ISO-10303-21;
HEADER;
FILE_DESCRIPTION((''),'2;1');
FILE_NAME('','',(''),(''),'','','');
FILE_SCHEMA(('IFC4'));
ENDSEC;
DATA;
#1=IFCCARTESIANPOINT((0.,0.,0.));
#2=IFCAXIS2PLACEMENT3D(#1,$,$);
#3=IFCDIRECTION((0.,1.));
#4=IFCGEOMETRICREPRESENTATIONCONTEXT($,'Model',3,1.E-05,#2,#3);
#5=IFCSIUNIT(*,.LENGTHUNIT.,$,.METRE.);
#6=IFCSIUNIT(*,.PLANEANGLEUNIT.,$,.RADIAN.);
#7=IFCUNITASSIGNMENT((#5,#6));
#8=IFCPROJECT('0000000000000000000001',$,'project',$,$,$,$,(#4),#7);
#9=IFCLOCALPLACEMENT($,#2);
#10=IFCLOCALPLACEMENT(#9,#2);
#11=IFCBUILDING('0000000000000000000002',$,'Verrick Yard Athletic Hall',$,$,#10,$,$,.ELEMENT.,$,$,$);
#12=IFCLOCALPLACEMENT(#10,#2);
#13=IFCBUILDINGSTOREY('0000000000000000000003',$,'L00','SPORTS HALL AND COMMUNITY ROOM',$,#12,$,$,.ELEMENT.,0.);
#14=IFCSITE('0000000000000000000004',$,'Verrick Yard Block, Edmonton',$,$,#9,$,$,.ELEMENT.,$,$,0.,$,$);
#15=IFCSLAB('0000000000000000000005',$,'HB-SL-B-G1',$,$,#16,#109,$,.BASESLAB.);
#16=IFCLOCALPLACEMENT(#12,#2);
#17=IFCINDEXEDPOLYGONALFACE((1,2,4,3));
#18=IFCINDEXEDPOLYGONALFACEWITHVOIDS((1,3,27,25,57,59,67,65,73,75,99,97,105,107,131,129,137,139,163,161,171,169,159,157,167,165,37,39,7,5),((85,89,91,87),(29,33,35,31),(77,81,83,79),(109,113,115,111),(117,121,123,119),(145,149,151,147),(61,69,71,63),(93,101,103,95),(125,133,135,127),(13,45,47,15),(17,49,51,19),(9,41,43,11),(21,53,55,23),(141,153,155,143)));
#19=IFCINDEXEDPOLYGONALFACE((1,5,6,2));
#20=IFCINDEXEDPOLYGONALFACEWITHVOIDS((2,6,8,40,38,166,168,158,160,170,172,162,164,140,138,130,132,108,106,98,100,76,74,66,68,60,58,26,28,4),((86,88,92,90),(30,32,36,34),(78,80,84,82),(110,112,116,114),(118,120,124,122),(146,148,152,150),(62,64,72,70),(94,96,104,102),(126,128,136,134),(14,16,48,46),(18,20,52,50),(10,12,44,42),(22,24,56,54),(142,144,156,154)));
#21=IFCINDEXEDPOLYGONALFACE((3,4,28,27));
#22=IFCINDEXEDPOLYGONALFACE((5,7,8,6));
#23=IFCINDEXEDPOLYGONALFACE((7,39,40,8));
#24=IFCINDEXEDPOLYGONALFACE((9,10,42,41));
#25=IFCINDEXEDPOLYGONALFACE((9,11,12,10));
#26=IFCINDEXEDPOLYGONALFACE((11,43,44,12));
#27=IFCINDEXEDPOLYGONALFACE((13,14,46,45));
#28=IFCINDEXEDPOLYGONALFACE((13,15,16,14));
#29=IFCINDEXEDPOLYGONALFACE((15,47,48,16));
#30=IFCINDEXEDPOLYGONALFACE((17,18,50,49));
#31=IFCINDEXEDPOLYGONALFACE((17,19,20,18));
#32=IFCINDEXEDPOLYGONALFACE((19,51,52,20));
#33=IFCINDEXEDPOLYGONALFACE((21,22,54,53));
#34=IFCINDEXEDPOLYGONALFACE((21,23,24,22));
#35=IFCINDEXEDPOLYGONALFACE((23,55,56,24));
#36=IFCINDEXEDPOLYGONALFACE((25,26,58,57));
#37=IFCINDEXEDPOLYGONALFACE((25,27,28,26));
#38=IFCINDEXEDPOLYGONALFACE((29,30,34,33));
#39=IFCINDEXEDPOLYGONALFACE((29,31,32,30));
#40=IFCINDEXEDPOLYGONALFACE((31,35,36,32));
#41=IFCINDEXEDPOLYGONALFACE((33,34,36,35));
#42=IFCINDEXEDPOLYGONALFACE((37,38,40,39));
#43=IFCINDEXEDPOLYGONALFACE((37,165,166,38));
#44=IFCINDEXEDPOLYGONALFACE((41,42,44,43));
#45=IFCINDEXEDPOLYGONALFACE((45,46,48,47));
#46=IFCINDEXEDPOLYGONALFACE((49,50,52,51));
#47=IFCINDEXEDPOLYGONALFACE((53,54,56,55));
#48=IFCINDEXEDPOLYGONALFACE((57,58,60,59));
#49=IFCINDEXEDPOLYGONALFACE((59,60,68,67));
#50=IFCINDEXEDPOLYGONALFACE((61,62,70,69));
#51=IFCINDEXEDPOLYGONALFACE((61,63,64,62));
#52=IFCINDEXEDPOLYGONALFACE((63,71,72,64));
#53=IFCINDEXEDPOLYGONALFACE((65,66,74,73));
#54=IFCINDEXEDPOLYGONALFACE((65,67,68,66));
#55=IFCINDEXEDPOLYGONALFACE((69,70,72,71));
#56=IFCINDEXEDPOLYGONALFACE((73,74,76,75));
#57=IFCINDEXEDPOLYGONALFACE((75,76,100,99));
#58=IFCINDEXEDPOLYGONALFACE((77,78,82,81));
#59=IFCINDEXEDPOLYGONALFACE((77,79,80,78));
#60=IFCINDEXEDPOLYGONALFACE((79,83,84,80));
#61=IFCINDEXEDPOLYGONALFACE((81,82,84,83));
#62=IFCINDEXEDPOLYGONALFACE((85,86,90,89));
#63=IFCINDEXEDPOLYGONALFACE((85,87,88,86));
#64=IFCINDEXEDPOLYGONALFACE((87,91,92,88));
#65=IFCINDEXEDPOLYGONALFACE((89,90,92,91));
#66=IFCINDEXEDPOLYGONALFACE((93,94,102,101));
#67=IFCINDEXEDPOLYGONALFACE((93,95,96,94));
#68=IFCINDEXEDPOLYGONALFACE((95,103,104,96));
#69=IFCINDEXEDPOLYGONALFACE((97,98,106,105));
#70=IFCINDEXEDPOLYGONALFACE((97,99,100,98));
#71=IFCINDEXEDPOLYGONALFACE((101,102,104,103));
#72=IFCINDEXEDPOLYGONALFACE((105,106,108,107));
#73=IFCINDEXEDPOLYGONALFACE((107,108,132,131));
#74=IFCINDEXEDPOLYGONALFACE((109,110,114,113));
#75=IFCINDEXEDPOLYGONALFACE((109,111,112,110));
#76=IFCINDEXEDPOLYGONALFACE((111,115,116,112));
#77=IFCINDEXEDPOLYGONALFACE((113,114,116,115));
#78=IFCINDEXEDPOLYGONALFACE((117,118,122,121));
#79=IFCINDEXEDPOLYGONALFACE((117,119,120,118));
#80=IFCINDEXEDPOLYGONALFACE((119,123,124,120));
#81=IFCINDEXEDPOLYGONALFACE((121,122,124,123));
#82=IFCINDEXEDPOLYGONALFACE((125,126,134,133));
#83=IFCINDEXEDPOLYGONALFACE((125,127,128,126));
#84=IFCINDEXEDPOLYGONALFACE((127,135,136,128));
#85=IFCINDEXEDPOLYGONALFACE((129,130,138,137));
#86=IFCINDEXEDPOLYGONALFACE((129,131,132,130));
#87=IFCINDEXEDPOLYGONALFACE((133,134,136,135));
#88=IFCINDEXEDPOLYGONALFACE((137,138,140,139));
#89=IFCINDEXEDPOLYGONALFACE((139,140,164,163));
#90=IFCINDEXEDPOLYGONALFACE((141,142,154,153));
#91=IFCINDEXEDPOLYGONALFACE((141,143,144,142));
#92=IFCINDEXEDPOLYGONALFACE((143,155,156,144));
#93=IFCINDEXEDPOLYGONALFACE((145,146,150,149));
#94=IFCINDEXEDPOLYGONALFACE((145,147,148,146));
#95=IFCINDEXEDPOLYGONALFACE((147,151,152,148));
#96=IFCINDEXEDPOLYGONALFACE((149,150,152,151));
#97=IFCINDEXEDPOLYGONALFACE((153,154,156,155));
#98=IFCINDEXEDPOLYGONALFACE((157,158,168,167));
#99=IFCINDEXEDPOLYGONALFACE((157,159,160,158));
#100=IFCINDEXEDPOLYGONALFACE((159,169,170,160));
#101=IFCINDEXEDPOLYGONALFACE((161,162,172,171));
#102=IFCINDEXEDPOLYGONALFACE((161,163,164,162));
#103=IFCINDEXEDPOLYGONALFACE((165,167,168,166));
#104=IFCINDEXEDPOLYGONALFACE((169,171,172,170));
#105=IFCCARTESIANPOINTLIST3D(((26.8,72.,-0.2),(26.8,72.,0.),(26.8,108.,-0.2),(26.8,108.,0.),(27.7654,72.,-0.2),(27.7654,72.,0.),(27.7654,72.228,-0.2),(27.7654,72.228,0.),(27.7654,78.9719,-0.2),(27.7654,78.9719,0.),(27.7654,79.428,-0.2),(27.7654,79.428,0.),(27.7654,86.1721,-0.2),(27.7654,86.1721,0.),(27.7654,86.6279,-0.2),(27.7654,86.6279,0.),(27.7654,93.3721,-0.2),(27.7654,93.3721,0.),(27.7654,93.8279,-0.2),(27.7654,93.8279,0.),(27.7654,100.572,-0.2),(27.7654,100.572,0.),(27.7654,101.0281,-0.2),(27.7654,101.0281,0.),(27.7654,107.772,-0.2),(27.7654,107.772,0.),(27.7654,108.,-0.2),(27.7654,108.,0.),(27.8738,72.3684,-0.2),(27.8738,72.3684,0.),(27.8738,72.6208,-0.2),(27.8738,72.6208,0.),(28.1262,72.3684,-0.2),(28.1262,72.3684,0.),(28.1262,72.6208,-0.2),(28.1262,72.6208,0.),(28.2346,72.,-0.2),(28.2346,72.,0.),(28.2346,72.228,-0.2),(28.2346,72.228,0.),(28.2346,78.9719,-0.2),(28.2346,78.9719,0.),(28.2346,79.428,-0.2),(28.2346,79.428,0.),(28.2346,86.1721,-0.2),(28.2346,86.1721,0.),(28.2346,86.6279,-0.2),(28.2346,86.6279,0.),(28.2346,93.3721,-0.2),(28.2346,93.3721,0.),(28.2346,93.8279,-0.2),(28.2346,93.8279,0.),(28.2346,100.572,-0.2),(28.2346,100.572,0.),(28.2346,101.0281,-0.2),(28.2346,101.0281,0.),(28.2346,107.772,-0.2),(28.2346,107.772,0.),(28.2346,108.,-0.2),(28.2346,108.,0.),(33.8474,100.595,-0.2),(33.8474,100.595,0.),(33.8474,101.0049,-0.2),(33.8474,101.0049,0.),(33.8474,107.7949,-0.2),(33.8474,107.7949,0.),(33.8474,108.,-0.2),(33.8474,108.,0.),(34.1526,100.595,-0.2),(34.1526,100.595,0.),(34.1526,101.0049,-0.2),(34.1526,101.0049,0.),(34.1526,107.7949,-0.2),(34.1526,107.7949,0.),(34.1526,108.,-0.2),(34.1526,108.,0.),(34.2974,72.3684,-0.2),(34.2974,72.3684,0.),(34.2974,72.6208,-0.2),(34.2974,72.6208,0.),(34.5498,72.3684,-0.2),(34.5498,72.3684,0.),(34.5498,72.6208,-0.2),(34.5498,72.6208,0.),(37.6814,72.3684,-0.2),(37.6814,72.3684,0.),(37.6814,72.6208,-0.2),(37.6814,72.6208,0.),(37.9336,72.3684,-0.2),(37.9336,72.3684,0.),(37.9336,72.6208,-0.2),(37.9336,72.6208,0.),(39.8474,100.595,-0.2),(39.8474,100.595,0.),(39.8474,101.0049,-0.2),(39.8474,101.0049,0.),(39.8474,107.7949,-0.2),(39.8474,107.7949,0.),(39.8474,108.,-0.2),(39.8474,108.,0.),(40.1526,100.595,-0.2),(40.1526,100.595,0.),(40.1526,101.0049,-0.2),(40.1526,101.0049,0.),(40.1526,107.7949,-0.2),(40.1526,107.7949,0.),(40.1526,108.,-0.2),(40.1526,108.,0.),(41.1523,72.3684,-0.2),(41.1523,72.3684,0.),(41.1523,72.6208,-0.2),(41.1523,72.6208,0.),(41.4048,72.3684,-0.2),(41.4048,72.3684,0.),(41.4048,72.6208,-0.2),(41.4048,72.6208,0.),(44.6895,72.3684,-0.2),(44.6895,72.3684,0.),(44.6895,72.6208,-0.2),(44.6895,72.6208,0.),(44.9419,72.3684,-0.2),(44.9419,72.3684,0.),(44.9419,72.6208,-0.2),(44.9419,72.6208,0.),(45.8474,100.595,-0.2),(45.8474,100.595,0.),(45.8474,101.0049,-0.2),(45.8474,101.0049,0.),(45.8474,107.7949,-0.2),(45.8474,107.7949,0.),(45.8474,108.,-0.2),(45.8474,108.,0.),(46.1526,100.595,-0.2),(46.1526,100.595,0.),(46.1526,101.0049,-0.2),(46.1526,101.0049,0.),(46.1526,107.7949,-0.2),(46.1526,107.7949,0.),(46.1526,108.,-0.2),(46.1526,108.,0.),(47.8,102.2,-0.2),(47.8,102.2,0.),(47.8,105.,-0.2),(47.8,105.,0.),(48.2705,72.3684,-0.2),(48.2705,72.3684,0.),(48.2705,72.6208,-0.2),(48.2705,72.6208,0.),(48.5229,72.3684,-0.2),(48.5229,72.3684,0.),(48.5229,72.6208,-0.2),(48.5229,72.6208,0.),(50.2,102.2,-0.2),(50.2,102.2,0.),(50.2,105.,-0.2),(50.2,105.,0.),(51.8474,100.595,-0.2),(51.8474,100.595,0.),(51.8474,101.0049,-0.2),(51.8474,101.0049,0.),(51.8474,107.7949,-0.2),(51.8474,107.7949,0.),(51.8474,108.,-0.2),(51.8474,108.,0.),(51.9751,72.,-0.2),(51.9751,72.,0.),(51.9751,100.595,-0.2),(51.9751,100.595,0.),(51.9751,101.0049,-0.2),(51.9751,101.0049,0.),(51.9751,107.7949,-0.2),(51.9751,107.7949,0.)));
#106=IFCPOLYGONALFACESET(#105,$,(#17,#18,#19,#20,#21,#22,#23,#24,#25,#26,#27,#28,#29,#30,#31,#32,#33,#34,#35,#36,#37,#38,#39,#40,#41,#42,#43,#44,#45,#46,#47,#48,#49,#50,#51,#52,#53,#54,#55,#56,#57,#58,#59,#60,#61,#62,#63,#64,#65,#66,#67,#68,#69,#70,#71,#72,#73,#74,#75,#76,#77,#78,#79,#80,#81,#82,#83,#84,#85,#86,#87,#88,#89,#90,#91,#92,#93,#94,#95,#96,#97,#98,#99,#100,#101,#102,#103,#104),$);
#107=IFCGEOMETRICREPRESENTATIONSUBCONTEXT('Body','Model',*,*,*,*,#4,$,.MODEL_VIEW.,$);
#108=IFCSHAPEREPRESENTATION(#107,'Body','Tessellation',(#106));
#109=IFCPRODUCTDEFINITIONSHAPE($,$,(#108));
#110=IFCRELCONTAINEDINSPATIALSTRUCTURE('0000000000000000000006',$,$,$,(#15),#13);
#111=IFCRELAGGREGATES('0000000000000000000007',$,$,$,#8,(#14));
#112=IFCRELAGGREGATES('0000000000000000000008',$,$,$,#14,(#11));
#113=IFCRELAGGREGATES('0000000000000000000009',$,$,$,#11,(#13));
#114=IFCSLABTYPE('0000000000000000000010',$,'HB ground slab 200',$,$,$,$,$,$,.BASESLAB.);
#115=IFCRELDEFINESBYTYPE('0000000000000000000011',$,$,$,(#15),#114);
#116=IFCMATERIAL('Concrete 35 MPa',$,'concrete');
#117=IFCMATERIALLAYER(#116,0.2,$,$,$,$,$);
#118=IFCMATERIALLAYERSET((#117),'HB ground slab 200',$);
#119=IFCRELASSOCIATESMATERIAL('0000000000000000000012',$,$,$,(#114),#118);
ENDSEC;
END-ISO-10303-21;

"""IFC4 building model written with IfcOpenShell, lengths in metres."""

from ifc_helpers import new_model, si_unit, direction, frame, origin, place, context, subcontext, project, spatial, polyline, outline, extrude, material, layer, layer_set, type_object, element, save


model = new_model("IFC4")

# Units and contexts
model_context = context("Model", 3, precision=1e-05, world=origin(), true_north=direction((0.0, 1.0)))
body_context = subcontext(model_context, "Body", "Model", "MODEL_VIEW")
ifc_project = project(units=[si_unit("LENGTHUNIT", "METRE"), si_unit("PLANEANGLEUNIT", "RADIAN")], contexts=[model_context])

# Site, building, storey
site_placement = place(None, origin())
site = spatial("IfcSite", under=ifc_project, at=site_placement, Name="Verrick Yard Block, Edmonton", CompositionType="ELEMENT", RefElevation=0.0)
building_placement = place(site_placement, origin())
building = spatial("IfcBuilding", under=site, at=building_placement, Name="Verrick Yard Athletic Hall", CompositionType="ELEMENT")
storey_placement = place(building_placement, origin())
storey = spatial("IfcBuildingStorey", under=building, at=storey_placement, Name="L00", Description="SPORTS HALL AND COMMUNITY ROOM", CompositionType="ELEMENT", Elevation=0.0)

# Slab
ifc_material_1 = material(Name="Concrete 35 MPa", Category="concrete")
ifc_layer_1 = layer(ifc_material_1, 0.2)
ifc_layer_set_1 = layer_set([ifc_layer_1], Name="HB ground slab 200")
slab_type_1 = type_object("IfcSlabType", Name="HB ground slab 200", PredefinedType="BASESLAB", material=ifc_layer_set_1)
slab_1_placement = place(storey_placement, frame((0.0, 0.0, -0.2)))
element("IfcSlab", 1, at=slab_1_placement, inside=storey, type_object=slab_type_1, Name="HB-SL-B-G1", PredefinedType="BASESLAB", context=body_context, shape_type="SweptSolid", body=[
    extrude(outline(polyline([(51.9751, 72.0), (28.2346, 72.0), (28.2346, 72.228), (27.7654, 72.228), (27.7654, 72.0), (26.8, 72.0), (26.8, 108.0), (27.7654, 108.0), (27.7654, 107.772), (28.2346, 107.772), (28.2346, 108.0), (33.8474, 108.0), (33.8474, 107.7949), (34.1526, 107.7949), (34.1526, 108.0), (39.8474, 108.0), (39.8474, 107.7949), (40.1526, 107.7949), (40.1526, 108.0), (45.8474, 108.0), (45.8474, 107.7949), (46.1526, 107.7949), (46.1526, 108.0), (51.8474, 108.0), (51.8474, 107.7949), (51.9751, 107.7949), (51.9751, 101.0049), (51.8474, 101.0049), (51.8474, 100.595), (51.9751, 100.595), (51.9751, 72.0)]), holes=[polyline([(28.1262, 72.6208), (27.8738, 72.6208), (27.8738, 72.3684), (28.1262, 72.3684), (28.1262, 72.6208)]), polyline([(34.5498, 72.6208), (34.2974, 72.6208), (34.2974, 72.3684), (34.5498, 72.3684), (34.5498, 72.6208)]), polyline([(37.9336, 72.3684), (37.9336, 72.6208), (37.6814, 72.6208), (37.6814, 72.3684), (37.9336, 72.3684)]), polyline([(28.2346, 78.9719), (28.2346, 79.428), (27.7654, 79.428), (27.7654, 78.9719), (28.2346, 78.9719)]), polyline([(28.2346, 86.6279), (27.7654, 86.6279), (27.7654, 86.1721), (28.2346, 86.1721), (28.2346, 86.6279)]), polyline([(28.2346, 93.8279), (27.7654, 93.8279), (27.7654, 93.3721), (28.2346, 93.3721), (28.2346, 93.8279)]), polyline([(28.2346, 101.0281), (27.7654, 101.0281), (27.7654, 100.572), (28.2346, 100.572), (28.2346, 101.0281)]), polyline([(34.1526, 100.595), (34.1526, 101.0049), (33.8474, 101.0049), (33.8474, 100.595), (34.1526, 100.595)]), polyline([(41.4048, 72.6208), (41.1523, 72.6208), (41.1523, 72.3684), (41.4048, 72.3684), (41.4048, 72.6208)]), polyline([(44.9419, 72.6208), (44.6895, 72.6208), (44.6895, 72.3684), (44.9419, 72.3684), (44.9419, 72.6208)]), polyline([(48.5229, 72.3684), (48.5229, 72.6208), (48.2705, 72.6208), (48.2705, 72.3684), (48.5229, 72.3684)]), polyline([(40.1526, 100.595), (40.1526, 101.0049), (39.8474, 101.0049), (39.8474, 100.595), (40.1526, 100.595)]), polyline([(46.1526, 101.0049), (45.8474, 101.0049), (45.8474, 100.595), (46.1526, 100.595), (46.1526, 101.0049)]), polyline([(50.2, 102.2), (50.2, 105.0), (47.8, 105.0), (47.8, 102.2), (50.2, 102.2)])]), origin(), (0.0, 0.0, 1.0), 0.2),
])

save(model, "model.ifc")
